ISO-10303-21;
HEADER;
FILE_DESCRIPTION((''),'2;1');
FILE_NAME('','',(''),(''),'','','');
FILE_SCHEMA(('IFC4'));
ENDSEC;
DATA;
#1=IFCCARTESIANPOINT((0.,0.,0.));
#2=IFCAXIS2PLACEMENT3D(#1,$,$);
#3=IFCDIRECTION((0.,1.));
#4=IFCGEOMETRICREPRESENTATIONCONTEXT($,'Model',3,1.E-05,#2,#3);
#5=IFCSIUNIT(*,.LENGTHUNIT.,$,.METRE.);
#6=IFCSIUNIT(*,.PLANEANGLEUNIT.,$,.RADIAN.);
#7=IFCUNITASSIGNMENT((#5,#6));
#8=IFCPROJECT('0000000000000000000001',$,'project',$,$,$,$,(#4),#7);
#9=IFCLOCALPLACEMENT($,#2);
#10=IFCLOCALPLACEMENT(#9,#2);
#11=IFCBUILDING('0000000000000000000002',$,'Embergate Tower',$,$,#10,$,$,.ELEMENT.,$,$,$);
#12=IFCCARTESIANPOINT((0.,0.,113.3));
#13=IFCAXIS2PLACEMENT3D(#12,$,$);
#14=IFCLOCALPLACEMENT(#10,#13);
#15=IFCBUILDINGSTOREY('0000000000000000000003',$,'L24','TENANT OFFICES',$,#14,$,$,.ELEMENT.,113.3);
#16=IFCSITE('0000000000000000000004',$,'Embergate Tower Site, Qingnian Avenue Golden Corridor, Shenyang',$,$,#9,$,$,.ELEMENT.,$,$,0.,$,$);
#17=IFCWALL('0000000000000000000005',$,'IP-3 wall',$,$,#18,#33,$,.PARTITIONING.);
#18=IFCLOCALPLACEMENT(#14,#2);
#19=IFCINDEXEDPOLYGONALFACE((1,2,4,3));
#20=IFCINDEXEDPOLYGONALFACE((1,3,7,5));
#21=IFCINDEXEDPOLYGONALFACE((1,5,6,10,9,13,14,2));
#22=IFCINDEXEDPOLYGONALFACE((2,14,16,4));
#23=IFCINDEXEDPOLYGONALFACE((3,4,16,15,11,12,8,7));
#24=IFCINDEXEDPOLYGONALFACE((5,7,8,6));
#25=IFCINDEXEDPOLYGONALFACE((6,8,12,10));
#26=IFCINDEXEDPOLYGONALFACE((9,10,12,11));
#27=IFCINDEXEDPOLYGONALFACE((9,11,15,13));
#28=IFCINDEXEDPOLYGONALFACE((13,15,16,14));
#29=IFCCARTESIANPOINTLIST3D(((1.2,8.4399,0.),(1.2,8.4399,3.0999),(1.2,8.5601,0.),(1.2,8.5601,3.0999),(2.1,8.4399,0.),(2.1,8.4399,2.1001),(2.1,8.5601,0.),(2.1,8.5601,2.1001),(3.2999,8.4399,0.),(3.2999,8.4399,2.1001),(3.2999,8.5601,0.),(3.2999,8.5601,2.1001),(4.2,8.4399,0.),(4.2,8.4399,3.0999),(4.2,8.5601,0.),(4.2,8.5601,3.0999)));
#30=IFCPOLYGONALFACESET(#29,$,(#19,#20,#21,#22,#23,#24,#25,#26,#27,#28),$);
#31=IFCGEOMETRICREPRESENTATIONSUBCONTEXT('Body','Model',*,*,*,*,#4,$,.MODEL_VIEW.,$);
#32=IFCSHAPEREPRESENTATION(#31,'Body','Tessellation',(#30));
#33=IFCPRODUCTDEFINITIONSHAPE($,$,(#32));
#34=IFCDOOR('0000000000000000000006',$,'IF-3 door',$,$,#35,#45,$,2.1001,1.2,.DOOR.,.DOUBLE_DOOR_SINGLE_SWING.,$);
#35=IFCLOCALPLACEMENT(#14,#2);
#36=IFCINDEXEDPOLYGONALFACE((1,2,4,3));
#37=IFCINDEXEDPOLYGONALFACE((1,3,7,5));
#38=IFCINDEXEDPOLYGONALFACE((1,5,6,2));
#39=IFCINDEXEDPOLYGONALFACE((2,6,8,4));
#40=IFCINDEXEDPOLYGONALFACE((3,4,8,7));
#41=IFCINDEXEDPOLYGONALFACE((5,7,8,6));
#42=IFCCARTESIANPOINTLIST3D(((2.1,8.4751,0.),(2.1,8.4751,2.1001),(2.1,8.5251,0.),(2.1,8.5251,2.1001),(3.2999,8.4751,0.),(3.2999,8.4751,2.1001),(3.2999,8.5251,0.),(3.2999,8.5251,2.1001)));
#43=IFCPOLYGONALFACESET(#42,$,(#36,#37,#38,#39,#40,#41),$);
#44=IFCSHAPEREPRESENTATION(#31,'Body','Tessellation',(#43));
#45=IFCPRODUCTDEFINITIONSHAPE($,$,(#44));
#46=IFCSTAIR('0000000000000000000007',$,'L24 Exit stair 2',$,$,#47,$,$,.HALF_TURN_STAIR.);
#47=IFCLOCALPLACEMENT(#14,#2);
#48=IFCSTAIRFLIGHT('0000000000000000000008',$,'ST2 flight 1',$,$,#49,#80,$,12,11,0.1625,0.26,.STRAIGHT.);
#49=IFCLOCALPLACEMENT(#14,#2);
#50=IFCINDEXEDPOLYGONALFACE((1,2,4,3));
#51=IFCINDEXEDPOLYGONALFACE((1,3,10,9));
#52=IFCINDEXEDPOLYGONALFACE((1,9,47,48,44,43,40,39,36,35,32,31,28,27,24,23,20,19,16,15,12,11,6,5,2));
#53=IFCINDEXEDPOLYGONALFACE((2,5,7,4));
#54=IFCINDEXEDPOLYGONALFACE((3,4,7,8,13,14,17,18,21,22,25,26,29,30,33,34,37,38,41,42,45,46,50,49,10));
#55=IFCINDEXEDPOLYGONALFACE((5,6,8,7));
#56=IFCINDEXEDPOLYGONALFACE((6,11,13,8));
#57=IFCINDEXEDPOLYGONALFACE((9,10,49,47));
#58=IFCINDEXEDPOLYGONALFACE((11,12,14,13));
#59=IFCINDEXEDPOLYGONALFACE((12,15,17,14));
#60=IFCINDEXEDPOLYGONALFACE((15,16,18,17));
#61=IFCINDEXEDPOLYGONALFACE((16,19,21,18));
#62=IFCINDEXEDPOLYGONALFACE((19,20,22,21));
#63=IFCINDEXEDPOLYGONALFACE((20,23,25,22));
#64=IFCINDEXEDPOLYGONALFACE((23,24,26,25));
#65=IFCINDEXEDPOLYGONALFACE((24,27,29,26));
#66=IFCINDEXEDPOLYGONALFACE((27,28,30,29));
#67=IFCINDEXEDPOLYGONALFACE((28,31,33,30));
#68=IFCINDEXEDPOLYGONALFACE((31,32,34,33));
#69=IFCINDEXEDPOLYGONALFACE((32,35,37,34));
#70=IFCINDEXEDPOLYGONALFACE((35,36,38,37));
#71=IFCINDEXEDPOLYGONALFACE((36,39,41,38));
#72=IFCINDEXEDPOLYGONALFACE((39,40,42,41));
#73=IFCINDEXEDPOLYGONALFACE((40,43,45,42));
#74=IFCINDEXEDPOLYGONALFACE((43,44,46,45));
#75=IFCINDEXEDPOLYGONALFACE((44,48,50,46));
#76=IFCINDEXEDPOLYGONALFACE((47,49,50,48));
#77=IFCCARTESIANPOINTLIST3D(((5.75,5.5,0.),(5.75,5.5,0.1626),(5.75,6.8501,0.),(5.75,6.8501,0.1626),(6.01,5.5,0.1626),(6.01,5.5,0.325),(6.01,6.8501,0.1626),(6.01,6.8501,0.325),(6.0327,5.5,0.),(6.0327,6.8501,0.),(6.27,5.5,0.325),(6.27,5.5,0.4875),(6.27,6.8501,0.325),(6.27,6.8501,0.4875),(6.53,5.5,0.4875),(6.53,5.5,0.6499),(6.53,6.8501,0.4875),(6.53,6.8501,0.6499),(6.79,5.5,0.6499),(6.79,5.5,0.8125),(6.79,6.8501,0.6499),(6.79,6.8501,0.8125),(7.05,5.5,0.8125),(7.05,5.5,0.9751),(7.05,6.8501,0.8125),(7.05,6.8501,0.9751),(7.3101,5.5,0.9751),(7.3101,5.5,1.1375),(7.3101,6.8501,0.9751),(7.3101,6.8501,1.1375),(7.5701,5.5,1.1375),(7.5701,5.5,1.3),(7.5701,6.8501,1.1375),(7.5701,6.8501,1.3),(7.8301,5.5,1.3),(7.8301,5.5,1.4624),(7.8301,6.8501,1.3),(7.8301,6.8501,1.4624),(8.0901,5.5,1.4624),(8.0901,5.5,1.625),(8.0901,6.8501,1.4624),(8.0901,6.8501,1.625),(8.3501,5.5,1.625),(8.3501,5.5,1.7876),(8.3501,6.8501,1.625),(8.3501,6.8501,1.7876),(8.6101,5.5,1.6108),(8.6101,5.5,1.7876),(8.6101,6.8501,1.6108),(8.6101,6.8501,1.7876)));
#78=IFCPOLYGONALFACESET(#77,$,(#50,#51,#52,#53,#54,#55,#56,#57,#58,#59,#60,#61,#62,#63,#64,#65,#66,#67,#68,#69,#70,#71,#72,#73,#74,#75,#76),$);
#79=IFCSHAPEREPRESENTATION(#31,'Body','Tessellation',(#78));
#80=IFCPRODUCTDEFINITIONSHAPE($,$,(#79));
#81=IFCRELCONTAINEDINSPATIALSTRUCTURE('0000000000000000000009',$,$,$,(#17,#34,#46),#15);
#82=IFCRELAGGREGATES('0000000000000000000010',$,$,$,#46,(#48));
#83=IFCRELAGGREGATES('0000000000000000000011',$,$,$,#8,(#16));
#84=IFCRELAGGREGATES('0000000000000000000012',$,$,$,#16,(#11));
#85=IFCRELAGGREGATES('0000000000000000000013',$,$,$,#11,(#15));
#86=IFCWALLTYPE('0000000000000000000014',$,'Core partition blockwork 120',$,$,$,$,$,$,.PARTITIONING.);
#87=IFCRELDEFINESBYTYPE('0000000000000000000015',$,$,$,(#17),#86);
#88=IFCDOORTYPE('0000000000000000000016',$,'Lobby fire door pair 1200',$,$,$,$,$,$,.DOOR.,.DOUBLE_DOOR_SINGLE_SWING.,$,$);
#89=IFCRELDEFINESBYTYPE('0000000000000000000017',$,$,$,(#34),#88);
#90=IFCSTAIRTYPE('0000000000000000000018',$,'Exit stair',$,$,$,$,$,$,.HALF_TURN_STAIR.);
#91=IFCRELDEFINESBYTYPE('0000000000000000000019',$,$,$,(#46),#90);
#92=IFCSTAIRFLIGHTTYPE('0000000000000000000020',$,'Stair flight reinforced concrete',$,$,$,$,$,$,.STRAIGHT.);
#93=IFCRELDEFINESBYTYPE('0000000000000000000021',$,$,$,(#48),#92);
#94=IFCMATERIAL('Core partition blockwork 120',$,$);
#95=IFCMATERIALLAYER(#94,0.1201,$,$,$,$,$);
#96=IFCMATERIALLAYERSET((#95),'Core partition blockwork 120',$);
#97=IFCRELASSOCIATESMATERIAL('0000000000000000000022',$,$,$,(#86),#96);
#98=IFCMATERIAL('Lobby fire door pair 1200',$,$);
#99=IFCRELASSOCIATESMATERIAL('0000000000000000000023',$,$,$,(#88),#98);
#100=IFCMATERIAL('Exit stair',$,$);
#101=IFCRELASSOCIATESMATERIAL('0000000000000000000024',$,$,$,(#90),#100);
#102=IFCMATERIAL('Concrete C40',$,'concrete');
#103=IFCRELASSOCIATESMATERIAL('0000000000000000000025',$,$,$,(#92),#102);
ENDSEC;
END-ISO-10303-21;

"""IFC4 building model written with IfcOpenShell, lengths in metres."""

from ifc_helpers import new_model, si_unit, direction, frame, frame_2d, origin, place, context, subcontext, project, spatial, polyline, rectangle, outline, extrude, source, transform, mapped, material, layer, layer_set, type_object, element, fill, aggregate, save


model = new_model("IFC4")

# Units and contexts
model_context = context("Model", 3, precision=1e-05, world=origin(), true_north=direction((0.0, 1.0)))
body_context = subcontext(model_context, "Body", "Model", "MODEL_VIEW")
ifc_project = project(units=[si_unit("LENGTHUNIT", "METRE"), si_unit("PLANEANGLEUNIT", "RADIAN")], contexts=[model_context])

# Site, building, storey
site_placement = place(None, origin())
site = spatial("IfcSite", under=ifc_project, at=site_placement, Name="Embergate Tower Site, Qingnian Avenue Golden Corridor, Shenyang", CompositionType="ELEMENT", RefElevation=0.0)
building_placement = place(site_placement, origin())
building = spatial("IfcBuilding", under=site, at=building_placement, Name="Embergate Tower", CompositionType="ELEMENT")
storey_placement = place(building_placement, frame((0.0, 0.0, 113.3)))
storey = spatial("IfcBuildingStorey", under=building, at=storey_placement, Name="L24", Description="TENANT OFFICES", CompositionType="ELEMENT", Elevation=113.3)

# Shared definitions
shared_shape_1 = source(origin(), body_context, "Body", "SweptSolid", [
    extrude(rectangle(XDim=1.2, YDim=2.1001, at=frame_2d((0.6001, 1.05))), frame((0.0, 0.0249, 0.0), z_axis=(0.0, -1.0, 0.0), x_axis=(1.0, 0.0, 0.0)), (0.0, 0.0, 1.0), 0.05),
])

# Shared definitions
ifc_material_1 = material(Name="Core partition blockwork 120")
ifc_layer_1 = layer(ifc_material_1, 0.1201)
ifc_layer_set_1 = layer_set([ifc_layer_1], Name="Core partition blockwork 120")
wall_type_1 = type_object("IfcWallType", Name="Core partition blockwork 120", PredefinedType="PARTITIONING", material=ifc_layer_set_1)

# Wall, opening, door
shared_shape_2 = source(origin(), body_context, "Body", "SweptSolid", [
    extrude(rectangle(XDim=3.0, YDim=0.1201, at=frame_2d((1.5, 0.0))), origin(), (0.0, 0.0, 1.0), 3.0999),
])
wall_1_placement = place(storey_placement, frame((4.2, 8.5, 0.0), z_axis=(0.0, 0.0, 1.0), x_axis=(-1.0, 0.0, 0.0)))
wall_1 = element("IfcWall", 1, at=wall_1_placement, inside=storey, type_object=wall_type_1, Name="IP-3 wall", PredefinedType="PARTITIONING", context=body_context, shape_type="MappedRepresentation", body=[
    mapped(shared_shape_2, transform((0.0, 0.0, 0.0))),
])
shared_shape_3 = source(origin(), body_context, "Body", "SweptSolid", [
    extrude(rectangle(XDim=1.2, YDim=2.1001, at=frame_2d((0.6001, 1.05))), frame((0.0, 0.0701, 0.0), z_axis=(0.0, -1.0, 0.0), x_axis=(1.0, 0.0, 0.0)), (0.0, 0.0, 1.0), 0.1401),
])
opening_1_placement = place(wall_1_placement, frame((0.8999, 0.0, 0.0)))
opening_1 = element("IfcOpeningElement", 2, at=opening_1_placement, cuts=wall_1, PredefinedType="OPENING", context=body_context, shape_type="MappedRepresentation", body=[
    mapped(shared_shape_3, transform((0.0, 0.0, 0.0))),
])
ifc_material_2 = material(Name="Lobby fire door pair 1200")
door_type_1 = type_object("IfcDoorType", Name="Lobby fire door pair 1200", OperationType="DOUBLE_DOOR_SINGLE_SWING", PredefinedType="DOOR", material=ifc_material_2)
door_1_placement = place(opening_1_placement, origin())
door_1 = element("IfcDoor", 3, at=door_1_placement, inside=storey, type_object=door_type_1, Name="IF-3 door", OperationType="DOUBLE_DOOR_SINGLE_SWING", OverallHeight=2.1001, OverallWidth=1.2, PredefinedType="DOOR", context=body_context, shape_type="MappedRepresentation", body=[
    mapped(shared_shape_1, transform((0.0, 0.0, 0.0))),
])
fill(opening_1, door_1)

# Stair, stair flight
ifc_material_3 = material(Name="Exit stair")
stair_type = type_object("IfcStairType", Name="Exit stair", PredefinedType="HALF_TURN_STAIR", material=ifc_material_3)
stair_placement = place(storey_placement, origin())
stair = element("IfcStair", 4, at=stair_placement, inside=storey, type_object=stair_type, Name="L24 Exit stair 2", PredefinedType="HALF_TURN_STAIR")
ifc_material_4 = material(Name="Concrete C40", Category="concrete")
stair_flight_type = type_object("IfcStairFlightType", Name="Stair flight reinforced concrete", PredefinedType="STRAIGHT", material=ifc_material_4)
shared_shape_4 = source(origin(), body_context, "Body", "SweptSolid", [
    extrude(outline(polyline([(0.0, 0.0), (0.0, 0.1626), (0.26, 0.1626), (0.26, 0.325), (0.52, 0.325), (0.52, 0.4875), (0.78, 0.4875), (0.78, 0.6499), (1.04, 0.6499), (1.04, 0.8125), (1.3, 0.8125), (1.3, 0.9751), (1.5601, 0.9751), (1.5601, 1.1375), (1.8201, 1.1375), (1.8201, 1.3), (2.0801, 1.3), (2.0801, 1.4624), (2.3401, 1.4624), (2.3401, 1.625), (2.6001, 1.625), (2.6001, 1.7876), (2.8601, 1.7876), (2.8601, 1.95), (2.8601, 1.6108), (0.2827, 0.0), (0.0, 0.0)])), frame((0.0, 0.675, 0.0), z_axis=(0.0, -1.0, 0.0), x_axis=(1.0, 0.0, 0.0)), (0.0, 0.0, 1.0), 1.3501),
])
stair_flight_placement = place(storey_placement, frame((5.75, 6.175, 0.0), z_axis=(0.0, 0.0, 1.0), x_axis=(1.0, 0.0, 0.0)))
stair_flight = element("IfcStairFlight", 5, at=stair_flight_placement, type_object=stair_flight_type, Name="ST2 flight 1", NumberOfRisers=12, NumberOfTreads=11, PredefinedType="STRAIGHT", RiserHeight=0.1625, TreadLength=0.26, context=body_context, shape_type="MappedRepresentation", body=[
    mapped(shared_shape_4, transform((0.0, 0.0, 0.0))),
])
aggregate(stair, [stair_flight])

save(model, "model.ifc")
